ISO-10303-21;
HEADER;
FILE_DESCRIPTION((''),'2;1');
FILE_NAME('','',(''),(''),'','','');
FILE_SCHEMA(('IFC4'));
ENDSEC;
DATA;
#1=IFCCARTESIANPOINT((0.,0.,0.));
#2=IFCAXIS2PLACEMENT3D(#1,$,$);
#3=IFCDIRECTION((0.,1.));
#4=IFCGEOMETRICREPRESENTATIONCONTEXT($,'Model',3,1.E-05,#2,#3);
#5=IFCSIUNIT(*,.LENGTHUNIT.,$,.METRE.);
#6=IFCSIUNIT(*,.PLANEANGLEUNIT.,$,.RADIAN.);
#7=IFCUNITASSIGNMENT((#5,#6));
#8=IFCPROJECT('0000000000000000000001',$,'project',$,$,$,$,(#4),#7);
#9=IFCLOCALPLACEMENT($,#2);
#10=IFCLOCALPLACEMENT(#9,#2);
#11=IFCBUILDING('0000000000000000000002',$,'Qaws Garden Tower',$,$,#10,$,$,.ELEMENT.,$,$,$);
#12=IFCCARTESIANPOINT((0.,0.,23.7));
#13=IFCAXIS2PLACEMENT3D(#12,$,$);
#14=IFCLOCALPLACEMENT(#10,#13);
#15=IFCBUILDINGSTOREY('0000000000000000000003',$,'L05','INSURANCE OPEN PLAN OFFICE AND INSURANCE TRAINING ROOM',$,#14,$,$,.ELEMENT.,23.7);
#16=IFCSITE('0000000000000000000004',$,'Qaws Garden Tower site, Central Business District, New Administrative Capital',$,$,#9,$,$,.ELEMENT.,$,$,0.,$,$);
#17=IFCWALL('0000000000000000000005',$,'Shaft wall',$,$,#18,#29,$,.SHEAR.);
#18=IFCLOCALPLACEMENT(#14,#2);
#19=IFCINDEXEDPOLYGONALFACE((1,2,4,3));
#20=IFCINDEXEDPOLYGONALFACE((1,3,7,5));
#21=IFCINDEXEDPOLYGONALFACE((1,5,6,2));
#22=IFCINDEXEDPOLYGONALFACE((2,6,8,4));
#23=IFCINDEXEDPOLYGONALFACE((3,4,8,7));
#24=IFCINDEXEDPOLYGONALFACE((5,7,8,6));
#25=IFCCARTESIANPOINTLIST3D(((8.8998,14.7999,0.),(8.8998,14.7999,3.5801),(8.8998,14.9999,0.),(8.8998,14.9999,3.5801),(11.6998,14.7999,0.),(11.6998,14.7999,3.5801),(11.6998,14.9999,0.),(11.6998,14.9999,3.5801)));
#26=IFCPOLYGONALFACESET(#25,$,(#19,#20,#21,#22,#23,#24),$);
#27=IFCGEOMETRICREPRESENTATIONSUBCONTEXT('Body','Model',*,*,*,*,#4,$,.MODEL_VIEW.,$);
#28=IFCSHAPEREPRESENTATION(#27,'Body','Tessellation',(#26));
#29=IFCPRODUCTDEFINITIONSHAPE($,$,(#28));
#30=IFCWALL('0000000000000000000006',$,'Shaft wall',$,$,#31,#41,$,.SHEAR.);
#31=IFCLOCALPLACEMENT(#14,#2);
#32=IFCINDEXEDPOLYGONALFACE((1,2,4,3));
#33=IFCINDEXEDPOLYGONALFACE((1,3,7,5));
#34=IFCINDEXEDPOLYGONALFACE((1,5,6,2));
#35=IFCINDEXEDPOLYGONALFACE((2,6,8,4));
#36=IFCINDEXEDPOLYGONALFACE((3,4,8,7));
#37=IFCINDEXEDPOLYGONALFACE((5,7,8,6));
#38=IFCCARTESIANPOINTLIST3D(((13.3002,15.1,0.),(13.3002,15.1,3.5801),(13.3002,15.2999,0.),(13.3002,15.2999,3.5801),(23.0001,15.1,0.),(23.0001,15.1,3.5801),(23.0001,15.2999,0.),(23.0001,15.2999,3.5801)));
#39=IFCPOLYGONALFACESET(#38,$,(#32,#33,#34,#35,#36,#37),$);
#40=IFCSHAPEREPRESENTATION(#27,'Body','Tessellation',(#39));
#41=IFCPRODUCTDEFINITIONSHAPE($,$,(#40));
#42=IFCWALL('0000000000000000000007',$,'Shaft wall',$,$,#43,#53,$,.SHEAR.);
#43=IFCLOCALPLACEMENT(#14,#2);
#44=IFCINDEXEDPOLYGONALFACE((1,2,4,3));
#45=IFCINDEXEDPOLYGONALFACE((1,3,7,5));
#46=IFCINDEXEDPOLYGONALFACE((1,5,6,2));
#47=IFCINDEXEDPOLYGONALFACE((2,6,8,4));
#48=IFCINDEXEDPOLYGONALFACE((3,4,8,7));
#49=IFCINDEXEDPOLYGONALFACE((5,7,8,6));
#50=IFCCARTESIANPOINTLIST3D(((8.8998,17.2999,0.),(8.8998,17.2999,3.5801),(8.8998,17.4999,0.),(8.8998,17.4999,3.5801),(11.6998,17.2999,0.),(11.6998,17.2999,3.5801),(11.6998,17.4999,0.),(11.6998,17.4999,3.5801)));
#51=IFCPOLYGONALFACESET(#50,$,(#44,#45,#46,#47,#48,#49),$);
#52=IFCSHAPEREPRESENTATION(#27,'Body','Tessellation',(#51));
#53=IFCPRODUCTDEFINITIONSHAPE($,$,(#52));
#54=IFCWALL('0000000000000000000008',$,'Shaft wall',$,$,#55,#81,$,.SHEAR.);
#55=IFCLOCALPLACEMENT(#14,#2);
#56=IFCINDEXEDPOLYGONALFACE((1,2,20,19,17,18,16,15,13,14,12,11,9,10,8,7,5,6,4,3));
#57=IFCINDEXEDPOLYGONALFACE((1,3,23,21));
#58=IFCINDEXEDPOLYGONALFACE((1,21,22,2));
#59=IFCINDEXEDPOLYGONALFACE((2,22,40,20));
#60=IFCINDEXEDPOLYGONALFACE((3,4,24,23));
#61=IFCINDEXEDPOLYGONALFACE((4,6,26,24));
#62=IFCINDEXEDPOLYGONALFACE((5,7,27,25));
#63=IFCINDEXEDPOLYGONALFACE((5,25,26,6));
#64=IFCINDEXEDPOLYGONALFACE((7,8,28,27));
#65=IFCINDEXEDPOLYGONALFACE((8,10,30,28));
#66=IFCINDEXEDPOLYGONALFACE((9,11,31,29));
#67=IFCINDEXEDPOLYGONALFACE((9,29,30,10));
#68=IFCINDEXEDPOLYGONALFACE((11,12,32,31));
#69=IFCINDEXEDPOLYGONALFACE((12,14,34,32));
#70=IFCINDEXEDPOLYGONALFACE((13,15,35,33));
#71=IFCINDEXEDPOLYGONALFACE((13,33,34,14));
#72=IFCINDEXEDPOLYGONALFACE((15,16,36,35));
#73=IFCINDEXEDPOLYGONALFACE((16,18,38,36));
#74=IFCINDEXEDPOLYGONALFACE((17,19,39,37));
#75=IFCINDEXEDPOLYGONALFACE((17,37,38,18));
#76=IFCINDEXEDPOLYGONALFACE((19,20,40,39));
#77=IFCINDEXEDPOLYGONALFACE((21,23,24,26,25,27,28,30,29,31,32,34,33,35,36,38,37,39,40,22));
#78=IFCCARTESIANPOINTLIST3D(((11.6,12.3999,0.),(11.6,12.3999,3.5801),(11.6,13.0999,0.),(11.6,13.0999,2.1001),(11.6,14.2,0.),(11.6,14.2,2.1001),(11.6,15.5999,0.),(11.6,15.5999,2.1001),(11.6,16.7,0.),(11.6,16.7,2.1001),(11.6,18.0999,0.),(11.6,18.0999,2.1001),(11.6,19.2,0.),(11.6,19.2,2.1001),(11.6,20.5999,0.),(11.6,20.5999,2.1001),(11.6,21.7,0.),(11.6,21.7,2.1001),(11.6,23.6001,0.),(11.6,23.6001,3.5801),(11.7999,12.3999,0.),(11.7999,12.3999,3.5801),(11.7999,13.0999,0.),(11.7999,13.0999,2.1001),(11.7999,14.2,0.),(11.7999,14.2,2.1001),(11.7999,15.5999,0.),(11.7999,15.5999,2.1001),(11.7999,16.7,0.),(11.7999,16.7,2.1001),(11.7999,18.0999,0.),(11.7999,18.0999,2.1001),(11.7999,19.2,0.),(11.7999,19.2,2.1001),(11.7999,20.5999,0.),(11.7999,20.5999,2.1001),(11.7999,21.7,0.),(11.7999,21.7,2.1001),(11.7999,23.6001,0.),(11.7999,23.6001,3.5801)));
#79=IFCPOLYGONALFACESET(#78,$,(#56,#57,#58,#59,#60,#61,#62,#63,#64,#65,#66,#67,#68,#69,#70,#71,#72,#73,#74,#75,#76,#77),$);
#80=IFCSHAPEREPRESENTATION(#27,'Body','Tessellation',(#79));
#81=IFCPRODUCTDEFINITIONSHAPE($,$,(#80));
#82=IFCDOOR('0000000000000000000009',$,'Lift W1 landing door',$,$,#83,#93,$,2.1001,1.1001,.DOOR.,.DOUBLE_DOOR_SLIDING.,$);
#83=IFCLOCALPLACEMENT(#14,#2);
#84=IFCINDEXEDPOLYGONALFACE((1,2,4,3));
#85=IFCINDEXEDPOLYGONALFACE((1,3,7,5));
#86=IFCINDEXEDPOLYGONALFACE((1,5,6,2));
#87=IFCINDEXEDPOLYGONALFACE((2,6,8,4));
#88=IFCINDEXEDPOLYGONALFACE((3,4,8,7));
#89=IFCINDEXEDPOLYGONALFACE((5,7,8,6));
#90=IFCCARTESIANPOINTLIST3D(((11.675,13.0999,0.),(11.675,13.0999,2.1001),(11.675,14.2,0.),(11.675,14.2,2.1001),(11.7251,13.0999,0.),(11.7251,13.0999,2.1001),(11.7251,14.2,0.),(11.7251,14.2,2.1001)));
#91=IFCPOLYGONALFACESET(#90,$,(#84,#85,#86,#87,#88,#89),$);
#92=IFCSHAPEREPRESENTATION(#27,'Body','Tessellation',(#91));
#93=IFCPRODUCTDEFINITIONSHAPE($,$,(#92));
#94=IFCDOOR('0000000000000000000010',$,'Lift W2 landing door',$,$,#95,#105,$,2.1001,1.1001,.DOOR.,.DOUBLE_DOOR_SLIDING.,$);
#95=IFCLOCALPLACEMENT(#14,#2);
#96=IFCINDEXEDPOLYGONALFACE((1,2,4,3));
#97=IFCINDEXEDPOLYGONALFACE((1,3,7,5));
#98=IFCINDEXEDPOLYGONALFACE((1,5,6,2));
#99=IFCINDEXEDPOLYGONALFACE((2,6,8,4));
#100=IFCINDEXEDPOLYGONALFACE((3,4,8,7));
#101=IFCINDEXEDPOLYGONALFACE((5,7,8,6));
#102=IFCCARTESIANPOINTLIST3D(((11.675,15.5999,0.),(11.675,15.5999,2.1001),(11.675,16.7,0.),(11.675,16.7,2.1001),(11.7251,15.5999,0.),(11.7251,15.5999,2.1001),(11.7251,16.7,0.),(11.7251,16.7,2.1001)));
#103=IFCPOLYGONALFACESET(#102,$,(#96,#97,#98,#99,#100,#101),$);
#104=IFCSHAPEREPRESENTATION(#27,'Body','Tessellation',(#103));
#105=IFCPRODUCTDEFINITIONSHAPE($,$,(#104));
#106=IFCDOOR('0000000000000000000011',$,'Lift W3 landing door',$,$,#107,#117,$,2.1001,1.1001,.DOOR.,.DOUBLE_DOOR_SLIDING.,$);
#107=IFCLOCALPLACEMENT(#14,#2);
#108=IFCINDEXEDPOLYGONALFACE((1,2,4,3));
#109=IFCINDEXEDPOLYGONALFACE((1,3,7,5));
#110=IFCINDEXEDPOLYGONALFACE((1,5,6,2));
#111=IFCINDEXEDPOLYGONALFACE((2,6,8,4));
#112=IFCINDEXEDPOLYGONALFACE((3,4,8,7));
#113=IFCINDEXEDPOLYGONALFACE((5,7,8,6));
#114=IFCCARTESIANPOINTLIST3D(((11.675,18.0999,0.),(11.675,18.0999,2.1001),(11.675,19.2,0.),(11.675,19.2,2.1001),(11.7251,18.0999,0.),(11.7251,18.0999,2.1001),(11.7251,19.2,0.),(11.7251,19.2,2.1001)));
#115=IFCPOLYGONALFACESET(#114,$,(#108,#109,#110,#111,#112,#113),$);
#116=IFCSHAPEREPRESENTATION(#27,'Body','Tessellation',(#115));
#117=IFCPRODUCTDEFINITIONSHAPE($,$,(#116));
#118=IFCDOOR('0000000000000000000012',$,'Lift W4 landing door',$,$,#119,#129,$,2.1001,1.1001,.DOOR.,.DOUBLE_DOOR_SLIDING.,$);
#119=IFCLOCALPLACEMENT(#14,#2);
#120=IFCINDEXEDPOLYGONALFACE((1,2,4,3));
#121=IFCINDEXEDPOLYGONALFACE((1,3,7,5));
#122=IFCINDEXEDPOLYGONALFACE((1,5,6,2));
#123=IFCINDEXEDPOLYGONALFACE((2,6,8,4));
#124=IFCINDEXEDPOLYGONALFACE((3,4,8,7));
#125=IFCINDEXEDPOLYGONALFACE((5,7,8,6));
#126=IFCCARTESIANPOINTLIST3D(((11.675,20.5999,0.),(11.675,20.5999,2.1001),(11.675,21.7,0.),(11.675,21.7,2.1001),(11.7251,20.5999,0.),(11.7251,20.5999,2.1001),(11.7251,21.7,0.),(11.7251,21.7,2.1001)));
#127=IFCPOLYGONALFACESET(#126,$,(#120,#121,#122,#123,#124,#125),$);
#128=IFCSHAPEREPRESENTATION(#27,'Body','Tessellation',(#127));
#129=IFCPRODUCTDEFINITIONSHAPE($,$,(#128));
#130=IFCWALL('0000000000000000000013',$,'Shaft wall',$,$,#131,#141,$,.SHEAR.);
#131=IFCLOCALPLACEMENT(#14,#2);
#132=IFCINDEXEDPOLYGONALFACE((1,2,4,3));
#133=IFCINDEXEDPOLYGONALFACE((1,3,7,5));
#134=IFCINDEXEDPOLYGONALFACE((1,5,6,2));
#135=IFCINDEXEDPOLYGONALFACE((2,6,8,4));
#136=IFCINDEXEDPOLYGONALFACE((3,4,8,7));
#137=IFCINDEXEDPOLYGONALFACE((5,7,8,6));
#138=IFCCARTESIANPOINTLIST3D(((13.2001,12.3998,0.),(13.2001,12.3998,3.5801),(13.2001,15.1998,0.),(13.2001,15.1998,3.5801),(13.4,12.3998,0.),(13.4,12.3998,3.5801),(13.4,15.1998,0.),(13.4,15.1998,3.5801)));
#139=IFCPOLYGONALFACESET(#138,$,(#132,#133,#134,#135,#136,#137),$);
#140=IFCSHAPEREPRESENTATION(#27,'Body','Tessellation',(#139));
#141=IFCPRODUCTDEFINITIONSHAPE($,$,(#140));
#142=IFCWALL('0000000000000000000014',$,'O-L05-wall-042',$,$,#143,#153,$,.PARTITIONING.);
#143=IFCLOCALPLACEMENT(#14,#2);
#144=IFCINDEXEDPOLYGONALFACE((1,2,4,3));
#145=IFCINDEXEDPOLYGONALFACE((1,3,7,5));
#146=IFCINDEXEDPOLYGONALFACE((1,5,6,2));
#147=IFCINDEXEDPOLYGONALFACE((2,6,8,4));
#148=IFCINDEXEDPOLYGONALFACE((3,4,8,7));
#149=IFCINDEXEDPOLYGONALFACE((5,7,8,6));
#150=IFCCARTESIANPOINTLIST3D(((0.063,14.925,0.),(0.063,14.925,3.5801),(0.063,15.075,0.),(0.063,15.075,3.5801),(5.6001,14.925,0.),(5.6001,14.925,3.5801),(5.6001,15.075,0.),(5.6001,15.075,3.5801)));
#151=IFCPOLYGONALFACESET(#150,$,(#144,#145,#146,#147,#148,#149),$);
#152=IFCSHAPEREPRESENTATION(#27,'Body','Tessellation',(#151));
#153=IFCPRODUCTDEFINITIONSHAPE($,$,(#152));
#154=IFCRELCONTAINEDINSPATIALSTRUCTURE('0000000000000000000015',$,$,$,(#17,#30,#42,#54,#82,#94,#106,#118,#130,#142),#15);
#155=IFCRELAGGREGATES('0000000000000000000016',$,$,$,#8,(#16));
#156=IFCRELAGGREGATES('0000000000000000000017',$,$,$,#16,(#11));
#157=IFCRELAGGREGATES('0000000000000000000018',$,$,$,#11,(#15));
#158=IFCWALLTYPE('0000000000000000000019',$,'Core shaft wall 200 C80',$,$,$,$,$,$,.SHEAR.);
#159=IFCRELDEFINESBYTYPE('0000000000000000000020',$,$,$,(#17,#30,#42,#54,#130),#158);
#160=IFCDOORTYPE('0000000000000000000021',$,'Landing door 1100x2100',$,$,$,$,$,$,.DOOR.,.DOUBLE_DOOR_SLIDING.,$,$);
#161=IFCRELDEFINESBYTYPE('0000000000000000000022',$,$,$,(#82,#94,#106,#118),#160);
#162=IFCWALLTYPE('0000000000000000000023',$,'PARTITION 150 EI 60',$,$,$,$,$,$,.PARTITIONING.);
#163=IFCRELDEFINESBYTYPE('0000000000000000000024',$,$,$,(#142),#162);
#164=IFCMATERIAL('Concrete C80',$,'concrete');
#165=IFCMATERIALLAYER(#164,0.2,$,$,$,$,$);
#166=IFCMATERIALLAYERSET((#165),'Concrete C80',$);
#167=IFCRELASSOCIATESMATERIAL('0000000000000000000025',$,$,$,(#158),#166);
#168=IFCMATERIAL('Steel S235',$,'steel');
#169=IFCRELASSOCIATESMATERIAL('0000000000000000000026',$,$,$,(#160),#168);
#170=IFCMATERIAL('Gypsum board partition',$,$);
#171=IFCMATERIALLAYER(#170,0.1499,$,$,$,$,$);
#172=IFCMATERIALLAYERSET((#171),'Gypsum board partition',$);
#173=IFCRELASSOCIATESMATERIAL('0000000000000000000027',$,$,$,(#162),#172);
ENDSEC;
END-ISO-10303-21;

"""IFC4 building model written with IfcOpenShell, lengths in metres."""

from ifc_helpers import new_model, si_unit, direction, frame, frame_2d, origin, place, context, subcontext, project, spatial, rectangle, extrude, material, layer, layer_set, type_object, element, fill, save


model = new_model("IFC4")

# Units and contexts
model_context = context("Model", 3, precision=1e-05, world=origin(), true_north=direction((0.0, 1.0)))
body_context = subcontext(model_context, "Body", "Model", "MODEL_VIEW")
ifc_project = project(units=[si_unit("LENGTHUNIT", "METRE"), si_unit("PLANEANGLEUNIT", "RADIAN")], contexts=[model_context])

# Site, building, storey
site_placement = place(None, origin())
site = spatial("IfcSite", under=ifc_project, at=site_placement, Name="Qaws Garden Tower site, Central Business District, New Administrative Capital", CompositionType="ELEMENT", RefElevation=0.0)
building_placement = place(site_placement, origin())
building = spatial("IfcBuilding", under=site, at=building_placement, Name="Qaws Garden Tower", CompositionType="ELEMENT")
storey_placement = place(building_placement, frame((0.0, 0.0, 23.7)))
storey = spatial("IfcBuildingStorey", under=building, at=storey_placement, Name="L05", Description="INSURANCE OPEN PLAN OFFICE AND INSURANCE TRAINING ROOM", CompositionType="ELEMENT", Elevation=23.7)

# Shared definitions
ifc_material_1 = material(Name="Concrete C80", Category="concrete")
ifc_layer_1 = layer(ifc_material_1, 0.2)
ifc_layer_set_1 = layer_set([ifc_layer_1], Name="Concrete C80")
wall_type_1 = type_object("IfcWallType", Name="Core shaft wall 200 C80", PredefinedType="SHEAR", material=ifc_layer_set_1)

# Shared definitions
ifc_material_2 = material(Name="Steel S235", Category="steel")
door_type_1 = type_object("IfcDoorType", Name="Landing door 1100x2100", OperationType="DOUBLE_DOOR_SLIDING", PredefinedType="DOOR", material=ifc_material_2)

# Walls
wall_1_placement = place(storey_placement, frame((8.8999, 14.8999, 0.0), z_axis=(0.0, 0.0, 1.0), x_axis=(1.0, 0.0, 0.0)))
element("IfcWall", 1, at=wall_1_placement, inside=storey, type_object=wall_type_1, Name="Shaft wall", PredefinedType="SHEAR", context=body_context, shape_type="SweptSolid", body=[
    extrude(rectangle(XDim=2.8, YDim=0.2, at=frame_2d((1.3999, 0.0))), origin(), (0.0, 0.0, 1.0), 3.5801),
])
wall_2_placement = place(storey_placement, frame((13.3, 15.2, 0.0), z_axis=(0.0, 0.0, 1.0), x_axis=(1.0, 0.0, 0.0)))
element("IfcWall", 2, at=wall_2_placement, inside=storey, type_object=wall_type_1, Name="Shaft wall", PredefinedType="SHEAR", context=body_context, shape_type="SweptSolid", body=[
    extrude(rectangle(XDim=9.7, YDim=0.2, at=frame_2d((4.8501, 0.0))), origin(), (0.0, 0.0, 1.0), 3.5801),
])
wall_3_placement = place(storey_placement, frame((8.8999, 17.3999, 0.0), z_axis=(0.0, 0.0, 1.0), x_axis=(1.0, 0.0, 0.0)))
element("IfcWall", 3, at=wall_3_placement, inside=storey, type_object=wall_type_1, Name="Shaft wall", PredefinedType="SHEAR", context=body_context, shape_type="SweptSolid", body=[
    extrude(rectangle(XDim=2.8, YDim=0.2, at=frame_2d((1.3999, 0.0))), origin(), (0.0, 0.0, 1.0), 3.5801),
])

# Wall, openings, doors
wall_4_placement = place(storey_placement, frame((11.7, 12.3999, 0.0), z_axis=(0.0, 0.0, 1.0), x_axis=(0.0, 1.0, 0.0)))
wall_4 = element("IfcWall", 4, at=wall_4_placement, inside=storey, type_object=wall_type_1, Name="Shaft wall", PredefinedType="SHEAR", context=body_context, shape_type="SweptSolid", body=[
    extrude(rectangle(XDim=11.2002, YDim=0.2, at=frame_2d((5.6001, 0.0))), origin(), (0.0, 0.0, 1.0), 3.5801),
])
opening_1_placement = place(wall_4_placement, frame((0.7, 0.0, 0.0)))
opening_1 = element("IfcOpeningElement", 5, at=opening_1_placement, cuts=wall_4, PredefinedType="OPENING", context=body_context, shape_type="SweptSolid", body=[
    extrude(rectangle(XDim=1.1001, YDim=2.1001, at=frame_2d((0.55, 1.05))), frame((0.0, 0.1099, 0.0), z_axis=(0.0, -1.0, 0.0), x_axis=(1.0, 0.0, 0.0)), (0.0, 0.0, 1.0), 0.22),
])
opening_2_placement = place(wall_4_placement, frame((3.2, 0.0, 0.0)))
opening_2 = element("IfcOpeningElement", 6, at=opening_2_placement, cuts=wall_4, PredefinedType="OPENING", context=body_context, shape_type="SweptSolid", body=[
    extrude(rectangle(XDim=1.1001, YDim=2.1001, at=frame_2d((0.55, 1.05))), frame((0.0, 0.1099, 0.0), z_axis=(0.0, -1.0, 0.0), x_axis=(1.0, 0.0, 0.0)), (0.0, 0.0, 1.0), 0.22),
])
opening_3_placement = place(wall_4_placement, frame((5.7, 0.0, 0.0)))
opening_3 = element("IfcOpeningElement", 7, at=opening_3_placement, cuts=wall_4, PredefinedType="OPENING", context=body_context, shape_type="SweptSolid", body=[
    extrude(rectangle(XDim=1.1001, YDim=2.1001, at=frame_2d((0.55, 1.05))), frame((0.0, 0.1099, 0.0), z_axis=(0.0, -1.0, 0.0), x_axis=(1.0, 0.0, 0.0)), (0.0, 0.0, 1.0), 0.22),
])
opening_4_placement = place(wall_4_placement, frame((8.2, 0.0, 0.0)))
opening_4 = element("IfcOpeningElement", 8, at=opening_4_placement, cuts=wall_4, PredefinedType="OPENING", context=body_context, shape_type="SweptSolid", body=[
    extrude(rectangle(XDim=1.1001, YDim=2.1001, at=frame_2d((0.55, 1.05))), frame((0.0, 0.1099, 0.0), z_axis=(0.0, -1.0, 0.0), x_axis=(1.0, 0.0, 0.0)), (0.0, 0.0, 1.0), 0.22),
])
door_1_placement = place(opening_1_placement, origin())
door_1 = element("IfcDoor", 9, at=door_1_placement, inside=storey, type_object=door_type_1, Name="Lift W1 landing door", OperationType="DOUBLE_DOOR_SLIDING", OverallHeight=2.1001, OverallWidth=1.1001, PredefinedType="DOOR", context=body_context, shape_type="SweptSolid", body=[
    extrude(rectangle(XDim=1.1001, YDim=2.1001, at=frame_2d((0.55, 1.05))), frame((0.0, 0.0249, 0.0), z_axis=(0.0, -1.0, 0.0), x_axis=(1.0, 0.0, 0.0)), (0.0, 0.0, 1.0), 0.05),
])
fill(opening_1, door_1)
door_2_placement = place(opening_2_placement, origin())
door_2 = element("IfcDoor", 10, at=door_2_placement, inside=storey, type_object=door_type_1, Name="Lift W2 landing door", OperationType="DOUBLE_DOOR_SLIDING", OverallHeight=2.1001, OverallWidth=1.1001, PredefinedType="DOOR", context=body_context, shape_type="SweptSolid", body=[
    extrude(rectangle(XDim=1.1001, YDim=2.1001, at=frame_2d((0.55, 1.05))), frame((0.0, 0.0249, 0.0), z_axis=(0.0, -1.0, 0.0), x_axis=(1.0, 0.0, 0.0)), (0.0, 0.0, 1.0), 0.05),
])
fill(opening_2, door_2)
door_3_placement = place(opening_3_placement, origin())
door_3 = element("IfcDoor", 11, at=door_3_placement, inside=storey, type_object=door_type_1, Name="Lift W3 landing door", OperationType="DOUBLE_DOOR_SLIDING", OverallHeight=2.1001, OverallWidth=1.1001, PredefinedType="DOOR", context=body_context, shape_type="SweptSolid", body=[
    extrude(rectangle(XDim=1.1001, YDim=2.1001, at=frame_2d((0.55, 1.05))), frame((0.0, 0.0249, 0.0), z_axis=(0.0, -1.0, 0.0), x_axis=(1.0, 0.0, 0.0)), (0.0, 0.0, 1.0), 0.05),
])
fill(opening_3, door_3)
door_4_placement = place(opening_4_placement, origin())
door_4 = element("IfcDoor", 12, at=door_4_placement, inside=storey, type_object=door_type_1, Name="Lift W4 landing door", OperationType="DOUBLE_DOOR_SLIDING", OverallHeight=2.1001, OverallWidth=1.1001, PredefinedType="DOOR", context=body_context, shape_type="SweptSolid", body=[
    extrude(rectangle(XDim=1.1001, YDim=2.1001, at=frame_2d((0.55, 1.05))), frame((0.0, 0.0249, 0.0), z_axis=(0.0, -1.0, 0.0), x_axis=(1.0, 0.0, 0.0)), (0.0, 0.0, 1.0), 0.05),
])
fill(opening_4, door_4)

# Walls
wall_5_placement = place(storey_placement, frame((13.3, 12.3999, 0.0), z_axis=(0.0, 0.0, 1.0), x_axis=(0.0, 1.0, 0.0)))
element("IfcWall", 13, at=wall_5_placement, inside=storey, type_object=wall_type_1, Name="Shaft wall", PredefinedType="SHEAR", context=body_context, shape_type="SweptSolid", body=[
    extrude(rectangle(XDim=2.8, YDim=0.2, at=frame_2d((1.3999, 0.0))), origin(), (0.0, 0.0, 1.0), 3.5801),
])
ifc_material_3 = material(Name="Gypsum board partition")
ifc_layer_2 = layer(ifc_material_3, 0.1499)
ifc_layer_set_2 = layer_set([ifc_layer_2], Name="Gypsum board partition")
wall_type_2 = type_object("IfcWallType", Name="PARTITION 150 EI 60", PredefinedType="PARTITIONING", material=ifc_layer_set_2)
wall_6_placement = place(storey_placement, frame((0.063, 15.0, 0.0), z_axis=(0.0, 0.0, 1.0), x_axis=(1.0, 0.0, 0.0)))
element("IfcWall", 14, at=wall_6_placement, inside=storey, type_object=wall_type_2, Name="O-L05-wall-042", PredefinedType="PARTITIONING", context=body_context, shape_type="SweptSolid", body=[
    extrude(rectangle(XDim=5.5371, YDim=0.1499, at=frame_2d((2.7686, 0.0))), origin(), (0.0, 0.0, 1.0), 3.5801),
])

save(model, "model.ifc")
